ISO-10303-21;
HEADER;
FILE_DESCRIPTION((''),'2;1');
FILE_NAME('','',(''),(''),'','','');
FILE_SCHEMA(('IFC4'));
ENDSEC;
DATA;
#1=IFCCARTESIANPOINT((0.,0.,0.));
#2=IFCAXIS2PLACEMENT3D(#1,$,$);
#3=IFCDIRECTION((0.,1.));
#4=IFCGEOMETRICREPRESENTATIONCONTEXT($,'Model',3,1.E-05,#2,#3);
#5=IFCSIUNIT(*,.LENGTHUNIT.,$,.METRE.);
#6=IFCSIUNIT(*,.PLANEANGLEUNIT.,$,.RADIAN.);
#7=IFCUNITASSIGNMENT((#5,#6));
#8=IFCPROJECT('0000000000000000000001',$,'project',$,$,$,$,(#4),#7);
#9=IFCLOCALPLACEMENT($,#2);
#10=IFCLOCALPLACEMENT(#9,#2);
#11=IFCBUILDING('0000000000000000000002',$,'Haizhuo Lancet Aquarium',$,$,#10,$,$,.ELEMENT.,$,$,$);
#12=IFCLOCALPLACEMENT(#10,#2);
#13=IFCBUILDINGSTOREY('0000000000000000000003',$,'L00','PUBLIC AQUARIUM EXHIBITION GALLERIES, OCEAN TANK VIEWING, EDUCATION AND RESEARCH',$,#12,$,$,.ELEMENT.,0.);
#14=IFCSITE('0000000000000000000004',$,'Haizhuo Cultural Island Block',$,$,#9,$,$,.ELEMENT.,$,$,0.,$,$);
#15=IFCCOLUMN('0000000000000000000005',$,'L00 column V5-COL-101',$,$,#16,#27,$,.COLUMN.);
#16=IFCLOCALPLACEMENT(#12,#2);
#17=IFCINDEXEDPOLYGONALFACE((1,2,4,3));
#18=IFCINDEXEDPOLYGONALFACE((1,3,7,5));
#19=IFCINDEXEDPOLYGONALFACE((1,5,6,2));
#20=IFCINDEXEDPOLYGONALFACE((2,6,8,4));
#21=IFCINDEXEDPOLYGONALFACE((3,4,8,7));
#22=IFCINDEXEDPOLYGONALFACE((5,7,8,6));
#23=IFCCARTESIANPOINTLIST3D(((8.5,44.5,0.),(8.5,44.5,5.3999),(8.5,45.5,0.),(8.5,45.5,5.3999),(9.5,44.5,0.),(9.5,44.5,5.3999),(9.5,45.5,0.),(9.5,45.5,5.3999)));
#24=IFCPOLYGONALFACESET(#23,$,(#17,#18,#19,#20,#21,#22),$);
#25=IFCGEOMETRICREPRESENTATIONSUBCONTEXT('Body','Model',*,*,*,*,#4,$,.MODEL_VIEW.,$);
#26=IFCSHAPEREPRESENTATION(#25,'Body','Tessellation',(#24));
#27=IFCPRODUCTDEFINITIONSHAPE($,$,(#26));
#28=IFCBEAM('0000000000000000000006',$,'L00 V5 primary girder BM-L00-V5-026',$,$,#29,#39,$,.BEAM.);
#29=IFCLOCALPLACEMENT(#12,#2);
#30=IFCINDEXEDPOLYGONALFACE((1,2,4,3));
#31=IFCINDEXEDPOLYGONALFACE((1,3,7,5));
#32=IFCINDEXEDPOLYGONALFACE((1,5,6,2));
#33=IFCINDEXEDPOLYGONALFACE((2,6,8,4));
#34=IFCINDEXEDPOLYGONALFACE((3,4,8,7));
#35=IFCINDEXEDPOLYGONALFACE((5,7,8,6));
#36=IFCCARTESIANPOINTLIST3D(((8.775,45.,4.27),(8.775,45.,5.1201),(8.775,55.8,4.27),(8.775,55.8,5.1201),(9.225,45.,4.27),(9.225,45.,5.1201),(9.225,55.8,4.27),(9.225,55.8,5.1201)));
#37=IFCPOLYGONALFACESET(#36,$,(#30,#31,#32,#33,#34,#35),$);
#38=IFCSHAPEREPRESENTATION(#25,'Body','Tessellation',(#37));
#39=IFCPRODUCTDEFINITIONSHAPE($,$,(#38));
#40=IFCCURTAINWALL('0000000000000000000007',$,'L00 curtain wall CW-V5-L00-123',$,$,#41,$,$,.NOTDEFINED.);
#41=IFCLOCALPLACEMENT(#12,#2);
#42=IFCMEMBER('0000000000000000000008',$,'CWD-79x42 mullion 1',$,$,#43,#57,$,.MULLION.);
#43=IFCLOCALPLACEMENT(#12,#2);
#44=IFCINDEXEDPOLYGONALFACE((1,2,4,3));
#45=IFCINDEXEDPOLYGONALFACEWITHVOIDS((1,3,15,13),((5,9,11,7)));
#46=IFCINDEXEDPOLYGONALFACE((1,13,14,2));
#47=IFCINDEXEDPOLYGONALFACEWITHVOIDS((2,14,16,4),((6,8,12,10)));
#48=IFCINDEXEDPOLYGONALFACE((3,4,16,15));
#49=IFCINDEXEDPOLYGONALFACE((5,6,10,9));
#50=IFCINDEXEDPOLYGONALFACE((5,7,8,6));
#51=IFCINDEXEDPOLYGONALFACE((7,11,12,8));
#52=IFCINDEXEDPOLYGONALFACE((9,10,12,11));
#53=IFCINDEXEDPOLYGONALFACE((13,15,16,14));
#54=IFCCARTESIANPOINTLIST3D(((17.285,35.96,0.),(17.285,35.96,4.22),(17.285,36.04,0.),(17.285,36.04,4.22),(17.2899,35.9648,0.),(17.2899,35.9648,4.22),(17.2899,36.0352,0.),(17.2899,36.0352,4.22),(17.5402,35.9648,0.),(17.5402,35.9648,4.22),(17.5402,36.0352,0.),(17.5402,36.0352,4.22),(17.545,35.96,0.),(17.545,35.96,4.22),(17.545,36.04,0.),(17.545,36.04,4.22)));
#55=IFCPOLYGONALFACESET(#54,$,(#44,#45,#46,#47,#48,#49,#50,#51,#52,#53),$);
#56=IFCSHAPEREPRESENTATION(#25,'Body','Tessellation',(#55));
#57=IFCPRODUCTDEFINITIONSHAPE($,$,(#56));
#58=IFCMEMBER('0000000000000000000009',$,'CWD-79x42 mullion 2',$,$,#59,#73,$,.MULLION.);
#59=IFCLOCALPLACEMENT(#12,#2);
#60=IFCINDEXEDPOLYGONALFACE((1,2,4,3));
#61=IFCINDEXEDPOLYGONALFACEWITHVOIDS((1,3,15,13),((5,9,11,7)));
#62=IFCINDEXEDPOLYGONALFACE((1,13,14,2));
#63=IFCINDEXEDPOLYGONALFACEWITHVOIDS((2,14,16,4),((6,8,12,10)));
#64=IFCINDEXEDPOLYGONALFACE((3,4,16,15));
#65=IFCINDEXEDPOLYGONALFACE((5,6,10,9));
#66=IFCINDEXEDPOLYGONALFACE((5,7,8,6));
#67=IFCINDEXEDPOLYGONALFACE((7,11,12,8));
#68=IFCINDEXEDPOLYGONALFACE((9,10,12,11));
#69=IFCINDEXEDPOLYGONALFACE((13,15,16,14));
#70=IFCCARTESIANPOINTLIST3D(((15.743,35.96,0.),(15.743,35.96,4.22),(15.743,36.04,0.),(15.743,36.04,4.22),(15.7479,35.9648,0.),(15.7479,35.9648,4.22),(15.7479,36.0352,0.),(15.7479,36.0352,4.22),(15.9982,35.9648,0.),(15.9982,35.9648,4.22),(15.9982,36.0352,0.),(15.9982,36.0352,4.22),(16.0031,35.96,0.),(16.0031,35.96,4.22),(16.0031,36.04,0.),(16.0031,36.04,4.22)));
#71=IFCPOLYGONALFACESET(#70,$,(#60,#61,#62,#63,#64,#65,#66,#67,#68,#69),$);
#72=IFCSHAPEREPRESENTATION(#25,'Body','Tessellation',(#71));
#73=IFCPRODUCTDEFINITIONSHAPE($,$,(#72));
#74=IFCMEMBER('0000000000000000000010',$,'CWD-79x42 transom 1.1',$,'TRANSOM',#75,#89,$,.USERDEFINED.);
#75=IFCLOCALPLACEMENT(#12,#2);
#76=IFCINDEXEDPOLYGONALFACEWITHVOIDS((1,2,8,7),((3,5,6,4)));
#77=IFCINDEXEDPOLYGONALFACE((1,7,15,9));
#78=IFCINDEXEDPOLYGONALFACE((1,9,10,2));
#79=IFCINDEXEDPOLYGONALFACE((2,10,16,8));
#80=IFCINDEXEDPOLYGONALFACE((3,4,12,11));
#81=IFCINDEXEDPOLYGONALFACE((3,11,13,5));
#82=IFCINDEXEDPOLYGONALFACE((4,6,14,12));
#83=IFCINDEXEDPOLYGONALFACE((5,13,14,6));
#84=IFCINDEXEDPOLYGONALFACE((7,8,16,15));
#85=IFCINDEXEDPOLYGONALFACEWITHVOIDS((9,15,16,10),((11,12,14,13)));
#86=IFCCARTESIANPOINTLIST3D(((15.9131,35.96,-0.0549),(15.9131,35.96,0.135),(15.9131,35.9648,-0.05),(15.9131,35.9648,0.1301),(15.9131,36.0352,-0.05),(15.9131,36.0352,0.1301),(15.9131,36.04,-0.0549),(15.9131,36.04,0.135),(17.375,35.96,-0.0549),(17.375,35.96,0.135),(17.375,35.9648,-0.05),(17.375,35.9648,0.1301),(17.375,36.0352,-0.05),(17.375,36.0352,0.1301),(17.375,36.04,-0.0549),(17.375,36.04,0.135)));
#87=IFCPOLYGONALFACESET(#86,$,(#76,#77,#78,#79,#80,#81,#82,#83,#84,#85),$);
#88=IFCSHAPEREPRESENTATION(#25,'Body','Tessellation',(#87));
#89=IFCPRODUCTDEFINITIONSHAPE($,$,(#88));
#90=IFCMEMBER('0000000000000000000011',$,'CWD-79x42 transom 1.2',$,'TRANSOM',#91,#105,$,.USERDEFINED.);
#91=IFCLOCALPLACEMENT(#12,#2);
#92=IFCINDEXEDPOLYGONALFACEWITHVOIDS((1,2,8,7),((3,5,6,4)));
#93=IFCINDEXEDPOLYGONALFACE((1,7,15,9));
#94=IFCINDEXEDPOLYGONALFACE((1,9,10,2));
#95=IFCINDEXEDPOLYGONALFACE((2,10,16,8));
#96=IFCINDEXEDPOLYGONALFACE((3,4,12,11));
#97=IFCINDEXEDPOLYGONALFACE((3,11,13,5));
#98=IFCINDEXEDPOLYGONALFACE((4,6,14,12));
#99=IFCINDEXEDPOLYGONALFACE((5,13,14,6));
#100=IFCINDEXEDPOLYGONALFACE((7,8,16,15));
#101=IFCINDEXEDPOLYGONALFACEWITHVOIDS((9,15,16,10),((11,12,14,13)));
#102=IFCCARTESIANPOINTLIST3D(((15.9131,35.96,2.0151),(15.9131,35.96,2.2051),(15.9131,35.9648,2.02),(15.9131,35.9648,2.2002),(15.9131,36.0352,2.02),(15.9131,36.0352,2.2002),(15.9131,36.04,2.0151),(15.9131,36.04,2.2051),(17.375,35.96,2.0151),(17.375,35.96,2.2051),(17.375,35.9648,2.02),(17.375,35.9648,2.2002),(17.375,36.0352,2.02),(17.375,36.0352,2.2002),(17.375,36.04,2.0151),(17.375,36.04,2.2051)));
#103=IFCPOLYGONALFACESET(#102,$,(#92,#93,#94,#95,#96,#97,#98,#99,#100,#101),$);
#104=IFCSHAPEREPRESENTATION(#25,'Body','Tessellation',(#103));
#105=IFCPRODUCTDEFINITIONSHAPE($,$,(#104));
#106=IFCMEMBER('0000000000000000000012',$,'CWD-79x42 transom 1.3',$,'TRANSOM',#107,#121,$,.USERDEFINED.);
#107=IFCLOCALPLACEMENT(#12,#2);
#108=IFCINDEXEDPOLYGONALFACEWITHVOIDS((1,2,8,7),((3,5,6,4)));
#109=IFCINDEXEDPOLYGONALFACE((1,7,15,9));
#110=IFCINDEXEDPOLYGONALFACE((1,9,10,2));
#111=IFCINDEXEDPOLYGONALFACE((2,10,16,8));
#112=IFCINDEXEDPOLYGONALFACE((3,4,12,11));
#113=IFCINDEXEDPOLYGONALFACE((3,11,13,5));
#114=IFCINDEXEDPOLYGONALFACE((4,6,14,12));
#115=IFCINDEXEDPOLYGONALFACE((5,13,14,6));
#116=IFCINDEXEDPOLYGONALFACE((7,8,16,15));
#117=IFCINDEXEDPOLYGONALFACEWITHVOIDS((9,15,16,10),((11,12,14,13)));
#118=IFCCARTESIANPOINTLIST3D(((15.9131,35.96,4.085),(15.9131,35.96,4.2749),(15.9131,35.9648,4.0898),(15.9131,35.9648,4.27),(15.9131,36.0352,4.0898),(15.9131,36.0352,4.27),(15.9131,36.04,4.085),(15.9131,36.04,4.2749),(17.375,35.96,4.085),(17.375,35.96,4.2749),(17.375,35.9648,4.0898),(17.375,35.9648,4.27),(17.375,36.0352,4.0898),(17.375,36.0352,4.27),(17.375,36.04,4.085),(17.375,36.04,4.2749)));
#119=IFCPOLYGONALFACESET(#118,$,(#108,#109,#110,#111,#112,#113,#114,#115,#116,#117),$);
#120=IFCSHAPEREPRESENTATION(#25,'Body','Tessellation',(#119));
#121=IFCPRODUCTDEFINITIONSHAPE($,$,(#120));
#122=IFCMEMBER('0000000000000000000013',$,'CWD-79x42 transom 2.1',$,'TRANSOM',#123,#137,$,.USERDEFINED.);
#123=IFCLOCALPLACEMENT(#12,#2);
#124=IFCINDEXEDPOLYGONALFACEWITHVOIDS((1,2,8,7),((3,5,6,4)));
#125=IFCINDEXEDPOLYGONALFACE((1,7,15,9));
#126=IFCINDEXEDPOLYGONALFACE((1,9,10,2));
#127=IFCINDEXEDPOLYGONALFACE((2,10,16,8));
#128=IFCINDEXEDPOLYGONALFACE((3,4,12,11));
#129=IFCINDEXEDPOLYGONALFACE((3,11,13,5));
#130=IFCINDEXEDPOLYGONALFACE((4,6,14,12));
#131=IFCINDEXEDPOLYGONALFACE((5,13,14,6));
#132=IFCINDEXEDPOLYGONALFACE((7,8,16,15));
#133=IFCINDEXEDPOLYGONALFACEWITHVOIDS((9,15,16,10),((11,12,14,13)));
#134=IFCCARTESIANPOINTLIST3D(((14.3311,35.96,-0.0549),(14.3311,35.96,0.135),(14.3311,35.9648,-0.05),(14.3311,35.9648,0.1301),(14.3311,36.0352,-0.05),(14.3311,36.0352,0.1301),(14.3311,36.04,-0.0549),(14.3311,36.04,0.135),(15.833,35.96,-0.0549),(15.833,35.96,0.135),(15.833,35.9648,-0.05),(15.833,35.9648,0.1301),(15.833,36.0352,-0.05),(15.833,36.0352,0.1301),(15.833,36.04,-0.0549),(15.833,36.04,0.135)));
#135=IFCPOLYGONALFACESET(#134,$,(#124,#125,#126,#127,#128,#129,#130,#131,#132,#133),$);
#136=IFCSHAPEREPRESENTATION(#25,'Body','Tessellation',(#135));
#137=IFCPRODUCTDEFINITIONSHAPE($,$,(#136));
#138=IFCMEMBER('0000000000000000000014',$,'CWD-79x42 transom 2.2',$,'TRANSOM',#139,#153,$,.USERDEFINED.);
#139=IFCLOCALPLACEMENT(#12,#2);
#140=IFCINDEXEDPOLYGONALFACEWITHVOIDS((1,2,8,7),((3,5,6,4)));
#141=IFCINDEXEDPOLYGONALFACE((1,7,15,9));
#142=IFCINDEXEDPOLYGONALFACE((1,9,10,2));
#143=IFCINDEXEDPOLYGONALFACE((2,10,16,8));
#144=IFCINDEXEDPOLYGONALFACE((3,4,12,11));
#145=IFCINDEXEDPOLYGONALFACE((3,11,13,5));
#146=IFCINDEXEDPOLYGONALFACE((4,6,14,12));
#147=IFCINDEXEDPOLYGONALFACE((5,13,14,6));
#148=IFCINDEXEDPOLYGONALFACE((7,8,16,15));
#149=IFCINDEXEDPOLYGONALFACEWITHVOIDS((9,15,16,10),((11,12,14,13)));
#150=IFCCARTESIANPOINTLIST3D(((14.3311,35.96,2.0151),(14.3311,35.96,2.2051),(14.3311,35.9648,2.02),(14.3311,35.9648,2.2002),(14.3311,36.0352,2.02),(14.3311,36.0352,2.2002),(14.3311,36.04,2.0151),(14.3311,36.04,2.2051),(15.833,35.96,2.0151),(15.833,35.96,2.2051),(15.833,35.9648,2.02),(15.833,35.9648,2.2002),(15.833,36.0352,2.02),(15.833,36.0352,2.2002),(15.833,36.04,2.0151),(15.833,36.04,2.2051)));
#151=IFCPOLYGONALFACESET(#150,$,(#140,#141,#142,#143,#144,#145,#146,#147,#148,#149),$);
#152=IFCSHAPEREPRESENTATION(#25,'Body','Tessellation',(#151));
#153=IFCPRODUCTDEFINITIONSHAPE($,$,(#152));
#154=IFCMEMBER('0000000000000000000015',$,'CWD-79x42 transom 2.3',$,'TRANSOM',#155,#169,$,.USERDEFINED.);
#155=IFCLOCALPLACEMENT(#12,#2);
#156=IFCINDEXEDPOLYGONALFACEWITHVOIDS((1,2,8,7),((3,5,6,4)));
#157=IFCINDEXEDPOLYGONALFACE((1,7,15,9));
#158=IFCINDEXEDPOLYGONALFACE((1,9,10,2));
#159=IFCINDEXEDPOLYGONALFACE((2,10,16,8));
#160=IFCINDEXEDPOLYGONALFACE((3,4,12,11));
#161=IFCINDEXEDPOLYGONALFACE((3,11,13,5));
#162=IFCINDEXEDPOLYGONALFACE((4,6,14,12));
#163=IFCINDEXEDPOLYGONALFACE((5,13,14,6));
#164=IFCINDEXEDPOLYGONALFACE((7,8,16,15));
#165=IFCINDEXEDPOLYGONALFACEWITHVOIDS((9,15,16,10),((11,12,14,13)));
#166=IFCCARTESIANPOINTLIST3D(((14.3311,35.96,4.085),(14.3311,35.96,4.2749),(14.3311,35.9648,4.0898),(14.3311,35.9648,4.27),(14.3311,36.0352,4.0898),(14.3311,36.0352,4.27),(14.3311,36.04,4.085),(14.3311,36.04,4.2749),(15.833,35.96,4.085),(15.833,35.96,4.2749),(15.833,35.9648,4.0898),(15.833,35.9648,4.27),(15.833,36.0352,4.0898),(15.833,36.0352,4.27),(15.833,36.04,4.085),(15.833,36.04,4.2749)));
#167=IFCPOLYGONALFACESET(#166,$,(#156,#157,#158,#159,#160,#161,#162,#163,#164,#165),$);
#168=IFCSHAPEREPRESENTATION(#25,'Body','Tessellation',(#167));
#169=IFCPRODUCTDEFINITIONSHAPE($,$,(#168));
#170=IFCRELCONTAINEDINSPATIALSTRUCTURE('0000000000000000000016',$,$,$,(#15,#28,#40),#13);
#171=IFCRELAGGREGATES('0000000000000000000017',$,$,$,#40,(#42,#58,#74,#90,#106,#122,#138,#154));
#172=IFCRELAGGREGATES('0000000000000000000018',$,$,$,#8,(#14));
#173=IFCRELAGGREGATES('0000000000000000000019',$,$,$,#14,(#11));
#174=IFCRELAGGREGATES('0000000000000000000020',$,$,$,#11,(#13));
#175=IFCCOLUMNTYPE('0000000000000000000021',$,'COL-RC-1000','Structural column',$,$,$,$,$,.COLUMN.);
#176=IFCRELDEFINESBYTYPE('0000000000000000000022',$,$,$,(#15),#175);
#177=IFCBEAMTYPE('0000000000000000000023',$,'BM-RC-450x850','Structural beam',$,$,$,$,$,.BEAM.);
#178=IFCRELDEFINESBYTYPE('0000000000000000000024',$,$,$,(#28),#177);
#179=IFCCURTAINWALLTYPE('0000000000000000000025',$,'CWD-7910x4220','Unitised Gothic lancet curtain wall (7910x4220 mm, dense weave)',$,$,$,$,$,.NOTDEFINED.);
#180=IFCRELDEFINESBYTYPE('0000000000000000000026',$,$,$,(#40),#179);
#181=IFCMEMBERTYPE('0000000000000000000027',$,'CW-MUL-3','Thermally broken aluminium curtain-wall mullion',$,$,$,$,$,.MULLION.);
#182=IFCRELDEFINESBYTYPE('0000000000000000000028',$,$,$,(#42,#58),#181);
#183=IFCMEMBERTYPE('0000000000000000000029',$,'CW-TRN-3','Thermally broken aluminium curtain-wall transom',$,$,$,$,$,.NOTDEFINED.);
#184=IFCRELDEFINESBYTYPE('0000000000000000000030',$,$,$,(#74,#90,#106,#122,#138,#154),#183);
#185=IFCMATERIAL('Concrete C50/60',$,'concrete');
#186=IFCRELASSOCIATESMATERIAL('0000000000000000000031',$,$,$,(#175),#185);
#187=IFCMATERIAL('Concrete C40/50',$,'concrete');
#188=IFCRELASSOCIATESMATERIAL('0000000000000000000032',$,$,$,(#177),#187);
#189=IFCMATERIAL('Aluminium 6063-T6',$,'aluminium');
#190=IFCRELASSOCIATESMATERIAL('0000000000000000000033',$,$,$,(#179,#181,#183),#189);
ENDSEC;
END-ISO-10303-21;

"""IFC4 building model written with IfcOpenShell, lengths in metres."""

from ifc_helpers import new_model, si_unit, direction, frame, origin, origin_2d, place, context, subcontext, project, spatial, rectangle, hollow_rectangle, extrude, material, material_profile, profile_set, type_object, element, aggregate, save


model = new_model("IFC4")

# Units and contexts
model_context = context("Model", 3, precision=1e-05, world=origin(), true_north=direction((0.0, 1.0)))
body_context = subcontext(model_context, "Body", "Model", "MODEL_VIEW")
ifc_project = project(units=[si_unit("LENGTHUNIT", "METRE"), si_unit("PLANEANGLEUNIT", "RADIAN")], contexts=[model_context])

# Site, building, storey
site_placement = place(None, origin())
site = spatial("IfcSite", under=ifc_project, at=site_placement, Name="Haizhuo Cultural Island Block", CompositionType="ELEMENT", RefElevation=0.0)
building_placement = place(site_placement, origin())
building = spatial("IfcBuilding", under=site, at=building_placement, Name="Haizhuo Lancet Aquarium", CompositionType="ELEMENT")
storey_placement = place(building_placement, origin())
storey = spatial("IfcBuildingStorey", under=building, at=storey_placement, Name="L00", Description="PUBLIC AQUARIUM EXHIBITION GALLERIES, OCEAN TANK VIEWING, EDUCATION AND RESEARCH", CompositionType="ELEMENT", Elevation=0.0)

# Column
ifc_material_1 = material(Name="Concrete C50/60", Category="concrete")
ifc_material_profile_1 = material_profile(ifc_material_1, rectangle(XDim=1.0, YDim=1.0, at=origin_2d()), Name="RC-COL 1000x1000")
ifc_profile_set_1 = profile_set([ifc_material_profile_1], Name="Concrete C50/60")
column_type = type_object("IfcColumnType", Name="COL-RC-1000", Description="Structural column", PredefinedType="COLUMN", material=ifc_profile_set_1)
column_placement = place(storey_placement, frame((9.0, 45.0, 0.0), z_axis=(0.0, 0.0, 1.0), x_axis=(1.0, 0.0, 0.0)))
element("IfcColumn", 1, at=column_placement, inside=storey, type_object=column_type, Name="L00 column V5-COL-101", PredefinedType="COLUMN", context=body_context, shape_type="SweptSolid", body=[
    extrude(rectangle(XDim=1.0, YDim=1.0, at=origin_2d()), origin(), (0.0, 0.0, 1.0), 5.3999),
])

# Beam
ifc_material_2 = material(Name="Concrete C40/50", Category="concrete")
ifc_material_profile_2 = material_profile(ifc_material_2, rectangle(XDim=0.45, YDim=0.8501, at=origin_2d()), Name="RC-BM 450x850")
ifc_profile_set_2 = profile_set([ifc_material_profile_2], Name="Concrete C40/50")
beam_type_1 = type_object("IfcBeamType", Name="BM-RC-450x850", Description="Structural beam", PredefinedType="BEAM", material=ifc_profile_set_2)
beam_1_placement = place(storey_placement, frame((9.0, 45.0, 4.6951), z_axis=(0.0, 1.0, 0.0), x_axis=(-1.0, 0.0, 0.0)))
element("IfcBeam", 2, at=beam_1_placement, inside=storey, type_object=beam_type_1, Name="L00 V5 primary girder BM-L00-V5-026", PredefinedType="BEAM", context=body_context, shape_type="SweptSolid", body=[
    extrude(rectangle(XDim=0.45, YDim=0.8501, at=origin_2d()), origin(), (0.0, 0.0, 1.0), 10.8),
])

# Curtain wall, members
ifc_material_3 = material(Name="Aluminium 6063-T6", Category="aluminium")
curtain_wall_type = type_object("IfcCurtainWallType", Name="CWD-7910x4220", Description="Unitised Gothic lancet curtain wall (7910x4220 mm, dense weave)", PredefinedType="NOTDEFINED", material=ifc_material_3)
curtain_wall_placement = place(storey_placement, origin())
curtain_wall = element("IfcCurtainWall", 3, at=curtain_wall_placement, inside=storey, type_object=curtain_wall_type, Name="L00 curtain wall CW-V5-L00-123", PredefinedType="NOTDEFINED")
ifc_material_profile_3 = material_profile(ifc_material_3, hollow_rectangle(XDim=0.0801, YDim=0.26, WallThickness=0.0049, at=origin_2d()), Name="ALU-M 80x260x5")
ifc_profile_set_3 = profile_set([ifc_material_profile_3], Name="Aluminium 6063-T6")
member_type_1 = type_object("IfcMemberType", Name="CW-MUL-3", Description="Thermally broken aluminium curtain-wall mullion", PredefinedType="MULLION", material=ifc_profile_set_3)
member_1_placement = place(storey_placement, frame((17.415, 36.0, 0.0), z_axis=(0.0, 0.0, 1.0), x_axis=(0.0, -1.0, 0.0)))
member_1 = element("IfcMember", 4, at=member_1_placement, type_object=member_type_1, Name="CWD-79x42 mullion 1", PredefinedType="MULLION", context=body_context, shape_type="SweptSolid", body=[
    extrude(hollow_rectangle(XDim=0.0801, YDim=0.26, WallThickness=0.0049, at=origin_2d()), origin(), (0.0, 0.0, 1.0), 4.22),
])
member_2_placement = place(storey_placement, frame((15.873, 36.0, 0.0), z_axis=(0.0, 0.0, 1.0), x_axis=(0.0, -1.0, 0.0)))
member_2 = element("IfcMember", 5, at=member_2_placement, type_object=member_type_1, Name="CWD-79x42 mullion 2", PredefinedType="MULLION", context=body_context, shape_type="SweptSolid", body=[
    extrude(hollow_rectangle(XDim=0.0801, YDim=0.26, WallThickness=0.0049, at=origin_2d()), origin(), (0.0, 0.0, 1.0), 4.22),
])
ifc_material_profile_4 = material_profile(ifc_material_3, hollow_rectangle(XDim=0.0801, YDim=0.1899, WallThickness=0.0049, at=origin_2d()), Name="ALU-T 80x190x5")
ifc_profile_set_4 = profile_set([ifc_material_profile_4], Name="Aluminium 6063-T6")
member_type_2 = type_object("IfcMemberType", Name="CW-TRN-3", Description="Thermally broken aluminium curtain-wall transom", PredefinedType="NOTDEFINED", material=ifc_profile_set_4)
member_3_placement = place(storey_placement, frame((17.375, 36.0, 0.04), z_axis=(-1.0, 0.0, 0.0), x_axis=(0.0, -1.0, 0.0)))
member_3 = element("IfcMember", 6, at=member_3_placement, type_object=member_type_2, Name="CWD-79x42 transom 1.1", ObjectType="TRANSOM", PredefinedType="USERDEFINED", context=body_context, shape_type="SweptSolid", body=[
    extrude(hollow_rectangle(XDim=0.0801, YDim=0.1899, WallThickness=0.0049, at=origin_2d()), origin(), (0.0, 0.0, 1.0), 1.4619),
])
member_4_placement = place(storey_placement, frame((17.375, 36.0, 2.1101), z_axis=(-1.0, 0.0, 0.0), x_axis=(0.0, -1.0, 0.0)))
member_4 = element("IfcMember", 7, at=member_4_placement, type_object=member_type_2, Name="CWD-79x42 transom 1.2", ObjectType="TRANSOM", PredefinedType="USERDEFINED", context=body_context, shape_type="SweptSolid", body=[
    extrude(hollow_rectangle(XDim=0.0801, YDim=0.1899, WallThickness=0.0049, at=origin_2d()), origin(), (0.0, 0.0, 1.0), 1.4619),
])
member_5_placement = place(storey_placement, frame((17.375, 36.0, 4.1799), z_axis=(-1.0, 0.0, 0.0), x_axis=(0.0, -1.0, 0.0)))
member_5 = element("IfcMember", 8, at=member_5_placement, type_object=member_type_2, Name="CWD-79x42 transom 1.3", ObjectType="TRANSOM", PredefinedType="USERDEFINED", context=body_context, shape_type="SweptSolid", body=[
    extrude(hollow_rectangle(XDim=0.0801, YDim=0.1899, WallThickness=0.0049, at=origin_2d()), origin(), (0.0, 0.0, 1.0), 1.4619),
])
member_6_placement = place(storey_placement, frame((15.833, 36.0, 0.04), z_axis=(-1.0, 0.0, 0.0), x_axis=(0.0, -1.0, 0.0)))
member_6 = element("IfcMember", 9, at=member_6_placement, type_object=member_type_2, Name="CWD-79x42 transom 2.1", ObjectType="TRANSOM", PredefinedType="USERDEFINED", context=body_context, shape_type="SweptSolid", body=[
    extrude(hollow_rectangle(XDim=0.0801, YDim=0.1899, WallThickness=0.0049, at=origin_2d()), origin(), (0.0, 0.0, 1.0), 1.502),
])
member_7_placement = place(storey_placement, frame((15.833, 36.0, 2.1101), z_axis=(-1.0, 0.0, 0.0), x_axis=(0.0, -1.0, 0.0)))
member_7 = element("IfcMember", 10, at=member_7_placement, type_object=member_type_2, Name="CWD-79x42 transom 2.2", ObjectType="TRANSOM", PredefinedType="USERDEFINED", context=body_context, shape_type="SweptSolid", body=[
    extrude(hollow_rectangle(XDim=0.0801, YDim=0.1899, WallThickness=0.0049, at=origin_2d()), origin(), (0.0, 0.0, 1.0), 1.502),
])
member_8_placement = place(storey_placement, frame((15.833, 36.0, 4.1799), z_axis=(-1.0, 0.0, 0.0), x_axis=(0.0, -1.0, 0.0)))
member_8 = element("IfcMember", 11, at=member_8_placement, type_object=member_type_2, Name="CWD-79x42 transom 2.3", ObjectType="TRANSOM", PredefinedType="USERDEFINED", context=body_context, shape_type="SweptSolid", body=[
    extrude(hollow_rectangle(XDim=0.0801, YDim=0.1899, WallThickness=0.0049, at=origin_2d()), origin(), (0.0, 0.0, 1.0), 1.502),
])

aggregate(curtain_wall, [member_1, member_2, member_3, member_4, member_5, member_6, member_7, member_8])

save(model, "model.ifc")
